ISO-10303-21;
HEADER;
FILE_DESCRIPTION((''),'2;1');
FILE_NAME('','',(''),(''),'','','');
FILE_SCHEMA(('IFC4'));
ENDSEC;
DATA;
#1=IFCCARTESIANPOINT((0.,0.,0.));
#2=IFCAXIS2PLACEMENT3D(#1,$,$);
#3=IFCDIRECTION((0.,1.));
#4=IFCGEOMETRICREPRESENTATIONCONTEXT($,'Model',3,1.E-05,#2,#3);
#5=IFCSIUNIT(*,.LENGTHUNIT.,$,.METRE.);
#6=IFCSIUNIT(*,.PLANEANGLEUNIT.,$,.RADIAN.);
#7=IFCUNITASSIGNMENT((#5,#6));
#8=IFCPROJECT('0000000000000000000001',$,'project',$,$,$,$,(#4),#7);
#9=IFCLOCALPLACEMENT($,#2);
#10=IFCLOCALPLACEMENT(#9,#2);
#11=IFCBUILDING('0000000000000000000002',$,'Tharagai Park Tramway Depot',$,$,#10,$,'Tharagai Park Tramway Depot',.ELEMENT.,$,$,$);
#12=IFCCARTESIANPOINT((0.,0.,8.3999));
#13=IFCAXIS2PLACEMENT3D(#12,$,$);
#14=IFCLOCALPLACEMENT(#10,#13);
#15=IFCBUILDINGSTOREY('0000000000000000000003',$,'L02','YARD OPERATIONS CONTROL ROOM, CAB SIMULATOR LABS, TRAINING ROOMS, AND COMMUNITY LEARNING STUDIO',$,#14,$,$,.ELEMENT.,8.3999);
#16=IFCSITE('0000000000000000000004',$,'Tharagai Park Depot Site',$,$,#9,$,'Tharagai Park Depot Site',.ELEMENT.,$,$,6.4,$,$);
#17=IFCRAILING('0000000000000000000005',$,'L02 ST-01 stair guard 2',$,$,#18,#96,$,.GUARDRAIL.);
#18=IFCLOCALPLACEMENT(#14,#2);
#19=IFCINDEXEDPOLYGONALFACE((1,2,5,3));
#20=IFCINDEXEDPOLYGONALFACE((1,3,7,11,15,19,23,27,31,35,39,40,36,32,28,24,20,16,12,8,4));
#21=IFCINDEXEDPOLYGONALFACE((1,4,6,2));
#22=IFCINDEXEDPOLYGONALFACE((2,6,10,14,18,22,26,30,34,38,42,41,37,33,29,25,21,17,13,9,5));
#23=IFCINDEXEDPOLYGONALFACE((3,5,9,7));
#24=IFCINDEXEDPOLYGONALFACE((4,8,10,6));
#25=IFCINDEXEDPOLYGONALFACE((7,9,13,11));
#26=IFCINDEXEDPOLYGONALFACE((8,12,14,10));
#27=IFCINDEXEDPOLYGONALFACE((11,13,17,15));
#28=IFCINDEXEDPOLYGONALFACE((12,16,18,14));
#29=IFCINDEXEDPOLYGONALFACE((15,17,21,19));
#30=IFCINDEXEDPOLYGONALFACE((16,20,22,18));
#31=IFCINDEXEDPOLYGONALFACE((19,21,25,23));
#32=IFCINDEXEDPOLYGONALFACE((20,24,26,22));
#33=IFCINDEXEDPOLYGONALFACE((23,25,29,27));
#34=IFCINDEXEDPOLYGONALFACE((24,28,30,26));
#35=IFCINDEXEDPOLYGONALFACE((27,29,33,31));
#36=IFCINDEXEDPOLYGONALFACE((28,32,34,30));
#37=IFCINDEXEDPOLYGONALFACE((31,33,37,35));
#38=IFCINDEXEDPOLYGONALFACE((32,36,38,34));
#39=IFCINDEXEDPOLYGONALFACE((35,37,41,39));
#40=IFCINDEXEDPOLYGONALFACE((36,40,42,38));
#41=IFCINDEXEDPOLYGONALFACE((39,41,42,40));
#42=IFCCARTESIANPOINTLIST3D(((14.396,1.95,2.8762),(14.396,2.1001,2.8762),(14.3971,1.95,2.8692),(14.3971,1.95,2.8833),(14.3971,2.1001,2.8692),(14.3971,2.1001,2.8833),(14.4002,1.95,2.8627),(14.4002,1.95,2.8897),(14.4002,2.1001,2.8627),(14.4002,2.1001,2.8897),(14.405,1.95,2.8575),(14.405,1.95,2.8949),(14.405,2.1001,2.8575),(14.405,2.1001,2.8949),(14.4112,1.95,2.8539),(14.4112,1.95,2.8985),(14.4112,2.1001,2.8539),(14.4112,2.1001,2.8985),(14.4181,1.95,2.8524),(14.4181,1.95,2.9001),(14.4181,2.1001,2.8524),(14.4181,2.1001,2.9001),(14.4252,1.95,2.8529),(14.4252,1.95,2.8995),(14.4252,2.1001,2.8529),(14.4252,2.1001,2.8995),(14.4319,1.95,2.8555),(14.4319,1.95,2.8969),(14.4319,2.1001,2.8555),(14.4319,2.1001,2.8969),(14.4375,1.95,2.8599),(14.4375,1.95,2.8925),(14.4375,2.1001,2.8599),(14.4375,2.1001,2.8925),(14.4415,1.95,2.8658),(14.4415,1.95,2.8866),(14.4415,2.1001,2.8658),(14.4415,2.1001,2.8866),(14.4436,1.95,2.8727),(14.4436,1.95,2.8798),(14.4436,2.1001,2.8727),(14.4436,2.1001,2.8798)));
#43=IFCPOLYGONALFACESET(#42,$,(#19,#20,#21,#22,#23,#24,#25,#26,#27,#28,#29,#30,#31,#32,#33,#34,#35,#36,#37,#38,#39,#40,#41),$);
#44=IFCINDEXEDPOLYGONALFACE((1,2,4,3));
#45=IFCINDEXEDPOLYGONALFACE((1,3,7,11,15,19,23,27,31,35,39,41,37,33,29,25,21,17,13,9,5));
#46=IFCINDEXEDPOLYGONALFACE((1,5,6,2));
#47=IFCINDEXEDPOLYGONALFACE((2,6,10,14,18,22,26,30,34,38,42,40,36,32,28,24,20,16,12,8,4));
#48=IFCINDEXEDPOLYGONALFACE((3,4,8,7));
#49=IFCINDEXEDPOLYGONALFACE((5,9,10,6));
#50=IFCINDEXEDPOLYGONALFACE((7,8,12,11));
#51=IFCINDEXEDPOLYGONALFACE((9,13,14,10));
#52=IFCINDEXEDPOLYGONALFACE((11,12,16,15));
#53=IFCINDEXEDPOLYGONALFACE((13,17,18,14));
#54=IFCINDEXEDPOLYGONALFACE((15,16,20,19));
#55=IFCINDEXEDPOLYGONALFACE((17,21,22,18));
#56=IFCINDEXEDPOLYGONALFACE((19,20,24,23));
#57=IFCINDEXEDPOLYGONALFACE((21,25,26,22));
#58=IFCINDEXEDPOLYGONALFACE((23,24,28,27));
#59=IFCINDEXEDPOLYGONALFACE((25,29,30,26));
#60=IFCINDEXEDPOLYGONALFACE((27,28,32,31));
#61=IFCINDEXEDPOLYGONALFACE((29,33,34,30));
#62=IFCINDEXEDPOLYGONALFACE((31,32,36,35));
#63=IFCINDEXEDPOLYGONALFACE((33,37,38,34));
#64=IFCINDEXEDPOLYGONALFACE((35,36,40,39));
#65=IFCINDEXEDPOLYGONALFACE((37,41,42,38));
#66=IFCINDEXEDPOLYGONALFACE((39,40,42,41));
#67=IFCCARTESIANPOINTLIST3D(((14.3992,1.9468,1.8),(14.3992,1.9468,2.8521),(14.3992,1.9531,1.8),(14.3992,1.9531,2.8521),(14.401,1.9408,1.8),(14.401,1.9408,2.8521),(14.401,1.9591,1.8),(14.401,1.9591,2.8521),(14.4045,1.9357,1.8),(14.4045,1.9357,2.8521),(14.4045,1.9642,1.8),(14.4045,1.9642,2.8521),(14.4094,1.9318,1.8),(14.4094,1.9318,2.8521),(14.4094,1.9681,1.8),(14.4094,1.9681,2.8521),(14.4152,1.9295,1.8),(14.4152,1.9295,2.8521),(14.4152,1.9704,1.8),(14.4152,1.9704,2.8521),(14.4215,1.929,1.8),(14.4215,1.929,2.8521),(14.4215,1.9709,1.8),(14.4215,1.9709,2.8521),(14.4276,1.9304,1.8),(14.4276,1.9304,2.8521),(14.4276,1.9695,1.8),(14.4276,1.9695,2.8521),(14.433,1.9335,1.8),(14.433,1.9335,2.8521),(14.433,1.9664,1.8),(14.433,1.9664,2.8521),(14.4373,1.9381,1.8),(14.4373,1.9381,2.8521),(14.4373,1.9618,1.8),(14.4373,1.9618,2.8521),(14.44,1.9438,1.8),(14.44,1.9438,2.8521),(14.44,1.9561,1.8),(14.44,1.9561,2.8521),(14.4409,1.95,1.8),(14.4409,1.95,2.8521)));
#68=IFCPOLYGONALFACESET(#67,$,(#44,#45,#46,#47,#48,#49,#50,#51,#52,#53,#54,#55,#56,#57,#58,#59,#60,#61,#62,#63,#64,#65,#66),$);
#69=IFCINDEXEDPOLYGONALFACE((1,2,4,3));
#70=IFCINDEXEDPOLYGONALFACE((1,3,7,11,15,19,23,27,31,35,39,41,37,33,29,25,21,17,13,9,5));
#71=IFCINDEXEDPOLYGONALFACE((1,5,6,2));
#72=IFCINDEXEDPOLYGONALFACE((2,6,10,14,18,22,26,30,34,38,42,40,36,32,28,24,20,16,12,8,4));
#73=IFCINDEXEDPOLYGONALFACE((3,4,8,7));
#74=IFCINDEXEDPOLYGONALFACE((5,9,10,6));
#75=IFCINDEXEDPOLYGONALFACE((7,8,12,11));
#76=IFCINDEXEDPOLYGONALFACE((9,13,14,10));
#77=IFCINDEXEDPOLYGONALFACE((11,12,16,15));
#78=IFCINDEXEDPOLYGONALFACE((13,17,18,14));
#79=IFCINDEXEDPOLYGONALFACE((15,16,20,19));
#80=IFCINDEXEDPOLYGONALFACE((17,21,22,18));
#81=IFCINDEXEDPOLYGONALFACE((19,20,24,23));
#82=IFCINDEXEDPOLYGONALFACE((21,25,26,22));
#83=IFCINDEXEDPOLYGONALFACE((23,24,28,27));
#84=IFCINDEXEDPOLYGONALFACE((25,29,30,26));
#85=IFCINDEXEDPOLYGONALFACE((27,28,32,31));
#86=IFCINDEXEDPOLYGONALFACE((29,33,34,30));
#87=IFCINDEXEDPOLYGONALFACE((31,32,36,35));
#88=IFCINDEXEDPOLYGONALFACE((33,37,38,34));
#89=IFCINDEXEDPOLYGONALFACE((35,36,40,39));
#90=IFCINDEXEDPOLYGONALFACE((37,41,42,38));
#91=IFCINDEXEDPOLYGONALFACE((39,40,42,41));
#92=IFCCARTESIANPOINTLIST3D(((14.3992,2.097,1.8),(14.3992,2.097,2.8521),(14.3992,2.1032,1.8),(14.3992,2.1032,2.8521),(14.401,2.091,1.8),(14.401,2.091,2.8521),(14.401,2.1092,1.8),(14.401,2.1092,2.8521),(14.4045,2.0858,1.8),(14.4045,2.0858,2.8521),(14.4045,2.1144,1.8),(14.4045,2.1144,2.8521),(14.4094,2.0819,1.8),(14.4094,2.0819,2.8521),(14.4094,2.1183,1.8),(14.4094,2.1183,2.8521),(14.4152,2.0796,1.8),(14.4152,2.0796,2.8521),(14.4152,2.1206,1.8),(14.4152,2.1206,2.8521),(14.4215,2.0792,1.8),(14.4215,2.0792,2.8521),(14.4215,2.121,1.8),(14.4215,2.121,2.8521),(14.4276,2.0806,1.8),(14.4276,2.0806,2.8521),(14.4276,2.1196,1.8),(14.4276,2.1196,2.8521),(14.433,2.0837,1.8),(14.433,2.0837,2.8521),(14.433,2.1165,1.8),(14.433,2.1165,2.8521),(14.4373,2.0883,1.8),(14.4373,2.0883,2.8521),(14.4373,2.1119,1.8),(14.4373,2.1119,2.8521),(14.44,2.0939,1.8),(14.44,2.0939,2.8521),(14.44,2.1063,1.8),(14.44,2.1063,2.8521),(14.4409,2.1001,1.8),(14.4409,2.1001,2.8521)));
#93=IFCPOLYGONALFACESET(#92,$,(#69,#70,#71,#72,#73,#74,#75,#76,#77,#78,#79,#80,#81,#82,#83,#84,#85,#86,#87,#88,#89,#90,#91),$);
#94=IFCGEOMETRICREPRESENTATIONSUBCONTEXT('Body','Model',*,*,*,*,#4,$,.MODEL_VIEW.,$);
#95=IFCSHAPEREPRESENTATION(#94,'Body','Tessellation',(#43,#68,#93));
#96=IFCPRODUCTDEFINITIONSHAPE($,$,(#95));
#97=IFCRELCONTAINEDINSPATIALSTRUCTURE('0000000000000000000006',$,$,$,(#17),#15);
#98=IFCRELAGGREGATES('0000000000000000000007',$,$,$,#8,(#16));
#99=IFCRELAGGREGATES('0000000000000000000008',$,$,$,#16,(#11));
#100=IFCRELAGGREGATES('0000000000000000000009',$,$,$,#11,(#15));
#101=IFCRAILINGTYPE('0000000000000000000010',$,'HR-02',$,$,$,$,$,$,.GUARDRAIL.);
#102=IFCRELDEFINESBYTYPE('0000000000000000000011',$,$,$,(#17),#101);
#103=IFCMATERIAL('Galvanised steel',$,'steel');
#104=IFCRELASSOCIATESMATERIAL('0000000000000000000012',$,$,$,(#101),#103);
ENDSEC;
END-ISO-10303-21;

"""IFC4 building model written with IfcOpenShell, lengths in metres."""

from ifc_helpers import new_model, si_unit, direction, frame, origin, origin_2d, place, context, subcontext, project, spatial, circle, extrude, material, type_object, element, save


model = new_model("IFC4")

# Units and contexts
model_context = context("Model", 3, precision=1e-05, world=origin(), true_north=direction((0.0, 1.0)))
body_context = subcontext(model_context, "Body", "Model", "MODEL_VIEW")
ifc_project = project(units=[si_unit("LENGTHUNIT", "METRE"), si_unit("PLANEANGLEUNIT", "RADIAN")], contexts=[model_context])

# Site, building, storey
site_placement = place(None, origin())
site = spatial("IfcSite", under=ifc_project, at=site_placement, Name="Tharagai Park Depot Site", LongName="Tharagai Park Depot Site", CompositionType="ELEMENT", RefElevation=6.4)
building_placement = place(site_placement, origin())
building = spatial("IfcBuilding", under=site, at=building_placement, Name="Tharagai Park Tramway Depot", LongName="Tharagai Park Tramway Depot", CompositionType="ELEMENT")
storey_placement = place(building_placement, frame((0.0, 0.0, 8.3999)))
storey = spatial("IfcBuildingStorey", under=building, at=storey_placement, Name="L02", Description="YARD OPERATIONS CONTROL ROOM, CAB SIMULATOR LABS, TRAINING ROOMS, AND COMMUNITY LEARNING STUDIO", CompositionType="ELEMENT", Elevation=8.3999)

# Shared definitions
ifc_material_1 = material(Name="Galvanised steel", Category="steel")

# Railing
railing_type_1 = type_object("IfcRailingType", Name="HR-02", PredefinedType="GUARDRAIL", material=ifc_material_1)
railing_1_placement = place(storey_placement, frame((14.4199, 1.95, 1.8)))
element("IfcRailing", 1, at=railing_1_placement, inside=storey, type_object=railing_type_1, Name="L02 ST-01 stair guard 2", PredefinedType="GUARDRAIL", context=body_context, shape_type="SweptSolid", body=[
    extrude(circle(Radius=0.0239, at=origin_2d()), frame((0.0, 0.0, 1.0762), z_axis=(0.0, 1.0, 0.0), x_axis=(-1.0, 0.0, 0.0)), (0.0, 0.0, 1.0), 0.1501),
    extrude(circle(Radius=0.021, at=origin_2d()), origin(), (0.0, 0.0, 1.0), 1.052),
    extrude(circle(Radius=0.021, at=origin_2d()), frame((0.0, 0.1501, 0.0)), (0.0, 0.0, 1.0), 1.052),
])

save(model, "model.ifc")
